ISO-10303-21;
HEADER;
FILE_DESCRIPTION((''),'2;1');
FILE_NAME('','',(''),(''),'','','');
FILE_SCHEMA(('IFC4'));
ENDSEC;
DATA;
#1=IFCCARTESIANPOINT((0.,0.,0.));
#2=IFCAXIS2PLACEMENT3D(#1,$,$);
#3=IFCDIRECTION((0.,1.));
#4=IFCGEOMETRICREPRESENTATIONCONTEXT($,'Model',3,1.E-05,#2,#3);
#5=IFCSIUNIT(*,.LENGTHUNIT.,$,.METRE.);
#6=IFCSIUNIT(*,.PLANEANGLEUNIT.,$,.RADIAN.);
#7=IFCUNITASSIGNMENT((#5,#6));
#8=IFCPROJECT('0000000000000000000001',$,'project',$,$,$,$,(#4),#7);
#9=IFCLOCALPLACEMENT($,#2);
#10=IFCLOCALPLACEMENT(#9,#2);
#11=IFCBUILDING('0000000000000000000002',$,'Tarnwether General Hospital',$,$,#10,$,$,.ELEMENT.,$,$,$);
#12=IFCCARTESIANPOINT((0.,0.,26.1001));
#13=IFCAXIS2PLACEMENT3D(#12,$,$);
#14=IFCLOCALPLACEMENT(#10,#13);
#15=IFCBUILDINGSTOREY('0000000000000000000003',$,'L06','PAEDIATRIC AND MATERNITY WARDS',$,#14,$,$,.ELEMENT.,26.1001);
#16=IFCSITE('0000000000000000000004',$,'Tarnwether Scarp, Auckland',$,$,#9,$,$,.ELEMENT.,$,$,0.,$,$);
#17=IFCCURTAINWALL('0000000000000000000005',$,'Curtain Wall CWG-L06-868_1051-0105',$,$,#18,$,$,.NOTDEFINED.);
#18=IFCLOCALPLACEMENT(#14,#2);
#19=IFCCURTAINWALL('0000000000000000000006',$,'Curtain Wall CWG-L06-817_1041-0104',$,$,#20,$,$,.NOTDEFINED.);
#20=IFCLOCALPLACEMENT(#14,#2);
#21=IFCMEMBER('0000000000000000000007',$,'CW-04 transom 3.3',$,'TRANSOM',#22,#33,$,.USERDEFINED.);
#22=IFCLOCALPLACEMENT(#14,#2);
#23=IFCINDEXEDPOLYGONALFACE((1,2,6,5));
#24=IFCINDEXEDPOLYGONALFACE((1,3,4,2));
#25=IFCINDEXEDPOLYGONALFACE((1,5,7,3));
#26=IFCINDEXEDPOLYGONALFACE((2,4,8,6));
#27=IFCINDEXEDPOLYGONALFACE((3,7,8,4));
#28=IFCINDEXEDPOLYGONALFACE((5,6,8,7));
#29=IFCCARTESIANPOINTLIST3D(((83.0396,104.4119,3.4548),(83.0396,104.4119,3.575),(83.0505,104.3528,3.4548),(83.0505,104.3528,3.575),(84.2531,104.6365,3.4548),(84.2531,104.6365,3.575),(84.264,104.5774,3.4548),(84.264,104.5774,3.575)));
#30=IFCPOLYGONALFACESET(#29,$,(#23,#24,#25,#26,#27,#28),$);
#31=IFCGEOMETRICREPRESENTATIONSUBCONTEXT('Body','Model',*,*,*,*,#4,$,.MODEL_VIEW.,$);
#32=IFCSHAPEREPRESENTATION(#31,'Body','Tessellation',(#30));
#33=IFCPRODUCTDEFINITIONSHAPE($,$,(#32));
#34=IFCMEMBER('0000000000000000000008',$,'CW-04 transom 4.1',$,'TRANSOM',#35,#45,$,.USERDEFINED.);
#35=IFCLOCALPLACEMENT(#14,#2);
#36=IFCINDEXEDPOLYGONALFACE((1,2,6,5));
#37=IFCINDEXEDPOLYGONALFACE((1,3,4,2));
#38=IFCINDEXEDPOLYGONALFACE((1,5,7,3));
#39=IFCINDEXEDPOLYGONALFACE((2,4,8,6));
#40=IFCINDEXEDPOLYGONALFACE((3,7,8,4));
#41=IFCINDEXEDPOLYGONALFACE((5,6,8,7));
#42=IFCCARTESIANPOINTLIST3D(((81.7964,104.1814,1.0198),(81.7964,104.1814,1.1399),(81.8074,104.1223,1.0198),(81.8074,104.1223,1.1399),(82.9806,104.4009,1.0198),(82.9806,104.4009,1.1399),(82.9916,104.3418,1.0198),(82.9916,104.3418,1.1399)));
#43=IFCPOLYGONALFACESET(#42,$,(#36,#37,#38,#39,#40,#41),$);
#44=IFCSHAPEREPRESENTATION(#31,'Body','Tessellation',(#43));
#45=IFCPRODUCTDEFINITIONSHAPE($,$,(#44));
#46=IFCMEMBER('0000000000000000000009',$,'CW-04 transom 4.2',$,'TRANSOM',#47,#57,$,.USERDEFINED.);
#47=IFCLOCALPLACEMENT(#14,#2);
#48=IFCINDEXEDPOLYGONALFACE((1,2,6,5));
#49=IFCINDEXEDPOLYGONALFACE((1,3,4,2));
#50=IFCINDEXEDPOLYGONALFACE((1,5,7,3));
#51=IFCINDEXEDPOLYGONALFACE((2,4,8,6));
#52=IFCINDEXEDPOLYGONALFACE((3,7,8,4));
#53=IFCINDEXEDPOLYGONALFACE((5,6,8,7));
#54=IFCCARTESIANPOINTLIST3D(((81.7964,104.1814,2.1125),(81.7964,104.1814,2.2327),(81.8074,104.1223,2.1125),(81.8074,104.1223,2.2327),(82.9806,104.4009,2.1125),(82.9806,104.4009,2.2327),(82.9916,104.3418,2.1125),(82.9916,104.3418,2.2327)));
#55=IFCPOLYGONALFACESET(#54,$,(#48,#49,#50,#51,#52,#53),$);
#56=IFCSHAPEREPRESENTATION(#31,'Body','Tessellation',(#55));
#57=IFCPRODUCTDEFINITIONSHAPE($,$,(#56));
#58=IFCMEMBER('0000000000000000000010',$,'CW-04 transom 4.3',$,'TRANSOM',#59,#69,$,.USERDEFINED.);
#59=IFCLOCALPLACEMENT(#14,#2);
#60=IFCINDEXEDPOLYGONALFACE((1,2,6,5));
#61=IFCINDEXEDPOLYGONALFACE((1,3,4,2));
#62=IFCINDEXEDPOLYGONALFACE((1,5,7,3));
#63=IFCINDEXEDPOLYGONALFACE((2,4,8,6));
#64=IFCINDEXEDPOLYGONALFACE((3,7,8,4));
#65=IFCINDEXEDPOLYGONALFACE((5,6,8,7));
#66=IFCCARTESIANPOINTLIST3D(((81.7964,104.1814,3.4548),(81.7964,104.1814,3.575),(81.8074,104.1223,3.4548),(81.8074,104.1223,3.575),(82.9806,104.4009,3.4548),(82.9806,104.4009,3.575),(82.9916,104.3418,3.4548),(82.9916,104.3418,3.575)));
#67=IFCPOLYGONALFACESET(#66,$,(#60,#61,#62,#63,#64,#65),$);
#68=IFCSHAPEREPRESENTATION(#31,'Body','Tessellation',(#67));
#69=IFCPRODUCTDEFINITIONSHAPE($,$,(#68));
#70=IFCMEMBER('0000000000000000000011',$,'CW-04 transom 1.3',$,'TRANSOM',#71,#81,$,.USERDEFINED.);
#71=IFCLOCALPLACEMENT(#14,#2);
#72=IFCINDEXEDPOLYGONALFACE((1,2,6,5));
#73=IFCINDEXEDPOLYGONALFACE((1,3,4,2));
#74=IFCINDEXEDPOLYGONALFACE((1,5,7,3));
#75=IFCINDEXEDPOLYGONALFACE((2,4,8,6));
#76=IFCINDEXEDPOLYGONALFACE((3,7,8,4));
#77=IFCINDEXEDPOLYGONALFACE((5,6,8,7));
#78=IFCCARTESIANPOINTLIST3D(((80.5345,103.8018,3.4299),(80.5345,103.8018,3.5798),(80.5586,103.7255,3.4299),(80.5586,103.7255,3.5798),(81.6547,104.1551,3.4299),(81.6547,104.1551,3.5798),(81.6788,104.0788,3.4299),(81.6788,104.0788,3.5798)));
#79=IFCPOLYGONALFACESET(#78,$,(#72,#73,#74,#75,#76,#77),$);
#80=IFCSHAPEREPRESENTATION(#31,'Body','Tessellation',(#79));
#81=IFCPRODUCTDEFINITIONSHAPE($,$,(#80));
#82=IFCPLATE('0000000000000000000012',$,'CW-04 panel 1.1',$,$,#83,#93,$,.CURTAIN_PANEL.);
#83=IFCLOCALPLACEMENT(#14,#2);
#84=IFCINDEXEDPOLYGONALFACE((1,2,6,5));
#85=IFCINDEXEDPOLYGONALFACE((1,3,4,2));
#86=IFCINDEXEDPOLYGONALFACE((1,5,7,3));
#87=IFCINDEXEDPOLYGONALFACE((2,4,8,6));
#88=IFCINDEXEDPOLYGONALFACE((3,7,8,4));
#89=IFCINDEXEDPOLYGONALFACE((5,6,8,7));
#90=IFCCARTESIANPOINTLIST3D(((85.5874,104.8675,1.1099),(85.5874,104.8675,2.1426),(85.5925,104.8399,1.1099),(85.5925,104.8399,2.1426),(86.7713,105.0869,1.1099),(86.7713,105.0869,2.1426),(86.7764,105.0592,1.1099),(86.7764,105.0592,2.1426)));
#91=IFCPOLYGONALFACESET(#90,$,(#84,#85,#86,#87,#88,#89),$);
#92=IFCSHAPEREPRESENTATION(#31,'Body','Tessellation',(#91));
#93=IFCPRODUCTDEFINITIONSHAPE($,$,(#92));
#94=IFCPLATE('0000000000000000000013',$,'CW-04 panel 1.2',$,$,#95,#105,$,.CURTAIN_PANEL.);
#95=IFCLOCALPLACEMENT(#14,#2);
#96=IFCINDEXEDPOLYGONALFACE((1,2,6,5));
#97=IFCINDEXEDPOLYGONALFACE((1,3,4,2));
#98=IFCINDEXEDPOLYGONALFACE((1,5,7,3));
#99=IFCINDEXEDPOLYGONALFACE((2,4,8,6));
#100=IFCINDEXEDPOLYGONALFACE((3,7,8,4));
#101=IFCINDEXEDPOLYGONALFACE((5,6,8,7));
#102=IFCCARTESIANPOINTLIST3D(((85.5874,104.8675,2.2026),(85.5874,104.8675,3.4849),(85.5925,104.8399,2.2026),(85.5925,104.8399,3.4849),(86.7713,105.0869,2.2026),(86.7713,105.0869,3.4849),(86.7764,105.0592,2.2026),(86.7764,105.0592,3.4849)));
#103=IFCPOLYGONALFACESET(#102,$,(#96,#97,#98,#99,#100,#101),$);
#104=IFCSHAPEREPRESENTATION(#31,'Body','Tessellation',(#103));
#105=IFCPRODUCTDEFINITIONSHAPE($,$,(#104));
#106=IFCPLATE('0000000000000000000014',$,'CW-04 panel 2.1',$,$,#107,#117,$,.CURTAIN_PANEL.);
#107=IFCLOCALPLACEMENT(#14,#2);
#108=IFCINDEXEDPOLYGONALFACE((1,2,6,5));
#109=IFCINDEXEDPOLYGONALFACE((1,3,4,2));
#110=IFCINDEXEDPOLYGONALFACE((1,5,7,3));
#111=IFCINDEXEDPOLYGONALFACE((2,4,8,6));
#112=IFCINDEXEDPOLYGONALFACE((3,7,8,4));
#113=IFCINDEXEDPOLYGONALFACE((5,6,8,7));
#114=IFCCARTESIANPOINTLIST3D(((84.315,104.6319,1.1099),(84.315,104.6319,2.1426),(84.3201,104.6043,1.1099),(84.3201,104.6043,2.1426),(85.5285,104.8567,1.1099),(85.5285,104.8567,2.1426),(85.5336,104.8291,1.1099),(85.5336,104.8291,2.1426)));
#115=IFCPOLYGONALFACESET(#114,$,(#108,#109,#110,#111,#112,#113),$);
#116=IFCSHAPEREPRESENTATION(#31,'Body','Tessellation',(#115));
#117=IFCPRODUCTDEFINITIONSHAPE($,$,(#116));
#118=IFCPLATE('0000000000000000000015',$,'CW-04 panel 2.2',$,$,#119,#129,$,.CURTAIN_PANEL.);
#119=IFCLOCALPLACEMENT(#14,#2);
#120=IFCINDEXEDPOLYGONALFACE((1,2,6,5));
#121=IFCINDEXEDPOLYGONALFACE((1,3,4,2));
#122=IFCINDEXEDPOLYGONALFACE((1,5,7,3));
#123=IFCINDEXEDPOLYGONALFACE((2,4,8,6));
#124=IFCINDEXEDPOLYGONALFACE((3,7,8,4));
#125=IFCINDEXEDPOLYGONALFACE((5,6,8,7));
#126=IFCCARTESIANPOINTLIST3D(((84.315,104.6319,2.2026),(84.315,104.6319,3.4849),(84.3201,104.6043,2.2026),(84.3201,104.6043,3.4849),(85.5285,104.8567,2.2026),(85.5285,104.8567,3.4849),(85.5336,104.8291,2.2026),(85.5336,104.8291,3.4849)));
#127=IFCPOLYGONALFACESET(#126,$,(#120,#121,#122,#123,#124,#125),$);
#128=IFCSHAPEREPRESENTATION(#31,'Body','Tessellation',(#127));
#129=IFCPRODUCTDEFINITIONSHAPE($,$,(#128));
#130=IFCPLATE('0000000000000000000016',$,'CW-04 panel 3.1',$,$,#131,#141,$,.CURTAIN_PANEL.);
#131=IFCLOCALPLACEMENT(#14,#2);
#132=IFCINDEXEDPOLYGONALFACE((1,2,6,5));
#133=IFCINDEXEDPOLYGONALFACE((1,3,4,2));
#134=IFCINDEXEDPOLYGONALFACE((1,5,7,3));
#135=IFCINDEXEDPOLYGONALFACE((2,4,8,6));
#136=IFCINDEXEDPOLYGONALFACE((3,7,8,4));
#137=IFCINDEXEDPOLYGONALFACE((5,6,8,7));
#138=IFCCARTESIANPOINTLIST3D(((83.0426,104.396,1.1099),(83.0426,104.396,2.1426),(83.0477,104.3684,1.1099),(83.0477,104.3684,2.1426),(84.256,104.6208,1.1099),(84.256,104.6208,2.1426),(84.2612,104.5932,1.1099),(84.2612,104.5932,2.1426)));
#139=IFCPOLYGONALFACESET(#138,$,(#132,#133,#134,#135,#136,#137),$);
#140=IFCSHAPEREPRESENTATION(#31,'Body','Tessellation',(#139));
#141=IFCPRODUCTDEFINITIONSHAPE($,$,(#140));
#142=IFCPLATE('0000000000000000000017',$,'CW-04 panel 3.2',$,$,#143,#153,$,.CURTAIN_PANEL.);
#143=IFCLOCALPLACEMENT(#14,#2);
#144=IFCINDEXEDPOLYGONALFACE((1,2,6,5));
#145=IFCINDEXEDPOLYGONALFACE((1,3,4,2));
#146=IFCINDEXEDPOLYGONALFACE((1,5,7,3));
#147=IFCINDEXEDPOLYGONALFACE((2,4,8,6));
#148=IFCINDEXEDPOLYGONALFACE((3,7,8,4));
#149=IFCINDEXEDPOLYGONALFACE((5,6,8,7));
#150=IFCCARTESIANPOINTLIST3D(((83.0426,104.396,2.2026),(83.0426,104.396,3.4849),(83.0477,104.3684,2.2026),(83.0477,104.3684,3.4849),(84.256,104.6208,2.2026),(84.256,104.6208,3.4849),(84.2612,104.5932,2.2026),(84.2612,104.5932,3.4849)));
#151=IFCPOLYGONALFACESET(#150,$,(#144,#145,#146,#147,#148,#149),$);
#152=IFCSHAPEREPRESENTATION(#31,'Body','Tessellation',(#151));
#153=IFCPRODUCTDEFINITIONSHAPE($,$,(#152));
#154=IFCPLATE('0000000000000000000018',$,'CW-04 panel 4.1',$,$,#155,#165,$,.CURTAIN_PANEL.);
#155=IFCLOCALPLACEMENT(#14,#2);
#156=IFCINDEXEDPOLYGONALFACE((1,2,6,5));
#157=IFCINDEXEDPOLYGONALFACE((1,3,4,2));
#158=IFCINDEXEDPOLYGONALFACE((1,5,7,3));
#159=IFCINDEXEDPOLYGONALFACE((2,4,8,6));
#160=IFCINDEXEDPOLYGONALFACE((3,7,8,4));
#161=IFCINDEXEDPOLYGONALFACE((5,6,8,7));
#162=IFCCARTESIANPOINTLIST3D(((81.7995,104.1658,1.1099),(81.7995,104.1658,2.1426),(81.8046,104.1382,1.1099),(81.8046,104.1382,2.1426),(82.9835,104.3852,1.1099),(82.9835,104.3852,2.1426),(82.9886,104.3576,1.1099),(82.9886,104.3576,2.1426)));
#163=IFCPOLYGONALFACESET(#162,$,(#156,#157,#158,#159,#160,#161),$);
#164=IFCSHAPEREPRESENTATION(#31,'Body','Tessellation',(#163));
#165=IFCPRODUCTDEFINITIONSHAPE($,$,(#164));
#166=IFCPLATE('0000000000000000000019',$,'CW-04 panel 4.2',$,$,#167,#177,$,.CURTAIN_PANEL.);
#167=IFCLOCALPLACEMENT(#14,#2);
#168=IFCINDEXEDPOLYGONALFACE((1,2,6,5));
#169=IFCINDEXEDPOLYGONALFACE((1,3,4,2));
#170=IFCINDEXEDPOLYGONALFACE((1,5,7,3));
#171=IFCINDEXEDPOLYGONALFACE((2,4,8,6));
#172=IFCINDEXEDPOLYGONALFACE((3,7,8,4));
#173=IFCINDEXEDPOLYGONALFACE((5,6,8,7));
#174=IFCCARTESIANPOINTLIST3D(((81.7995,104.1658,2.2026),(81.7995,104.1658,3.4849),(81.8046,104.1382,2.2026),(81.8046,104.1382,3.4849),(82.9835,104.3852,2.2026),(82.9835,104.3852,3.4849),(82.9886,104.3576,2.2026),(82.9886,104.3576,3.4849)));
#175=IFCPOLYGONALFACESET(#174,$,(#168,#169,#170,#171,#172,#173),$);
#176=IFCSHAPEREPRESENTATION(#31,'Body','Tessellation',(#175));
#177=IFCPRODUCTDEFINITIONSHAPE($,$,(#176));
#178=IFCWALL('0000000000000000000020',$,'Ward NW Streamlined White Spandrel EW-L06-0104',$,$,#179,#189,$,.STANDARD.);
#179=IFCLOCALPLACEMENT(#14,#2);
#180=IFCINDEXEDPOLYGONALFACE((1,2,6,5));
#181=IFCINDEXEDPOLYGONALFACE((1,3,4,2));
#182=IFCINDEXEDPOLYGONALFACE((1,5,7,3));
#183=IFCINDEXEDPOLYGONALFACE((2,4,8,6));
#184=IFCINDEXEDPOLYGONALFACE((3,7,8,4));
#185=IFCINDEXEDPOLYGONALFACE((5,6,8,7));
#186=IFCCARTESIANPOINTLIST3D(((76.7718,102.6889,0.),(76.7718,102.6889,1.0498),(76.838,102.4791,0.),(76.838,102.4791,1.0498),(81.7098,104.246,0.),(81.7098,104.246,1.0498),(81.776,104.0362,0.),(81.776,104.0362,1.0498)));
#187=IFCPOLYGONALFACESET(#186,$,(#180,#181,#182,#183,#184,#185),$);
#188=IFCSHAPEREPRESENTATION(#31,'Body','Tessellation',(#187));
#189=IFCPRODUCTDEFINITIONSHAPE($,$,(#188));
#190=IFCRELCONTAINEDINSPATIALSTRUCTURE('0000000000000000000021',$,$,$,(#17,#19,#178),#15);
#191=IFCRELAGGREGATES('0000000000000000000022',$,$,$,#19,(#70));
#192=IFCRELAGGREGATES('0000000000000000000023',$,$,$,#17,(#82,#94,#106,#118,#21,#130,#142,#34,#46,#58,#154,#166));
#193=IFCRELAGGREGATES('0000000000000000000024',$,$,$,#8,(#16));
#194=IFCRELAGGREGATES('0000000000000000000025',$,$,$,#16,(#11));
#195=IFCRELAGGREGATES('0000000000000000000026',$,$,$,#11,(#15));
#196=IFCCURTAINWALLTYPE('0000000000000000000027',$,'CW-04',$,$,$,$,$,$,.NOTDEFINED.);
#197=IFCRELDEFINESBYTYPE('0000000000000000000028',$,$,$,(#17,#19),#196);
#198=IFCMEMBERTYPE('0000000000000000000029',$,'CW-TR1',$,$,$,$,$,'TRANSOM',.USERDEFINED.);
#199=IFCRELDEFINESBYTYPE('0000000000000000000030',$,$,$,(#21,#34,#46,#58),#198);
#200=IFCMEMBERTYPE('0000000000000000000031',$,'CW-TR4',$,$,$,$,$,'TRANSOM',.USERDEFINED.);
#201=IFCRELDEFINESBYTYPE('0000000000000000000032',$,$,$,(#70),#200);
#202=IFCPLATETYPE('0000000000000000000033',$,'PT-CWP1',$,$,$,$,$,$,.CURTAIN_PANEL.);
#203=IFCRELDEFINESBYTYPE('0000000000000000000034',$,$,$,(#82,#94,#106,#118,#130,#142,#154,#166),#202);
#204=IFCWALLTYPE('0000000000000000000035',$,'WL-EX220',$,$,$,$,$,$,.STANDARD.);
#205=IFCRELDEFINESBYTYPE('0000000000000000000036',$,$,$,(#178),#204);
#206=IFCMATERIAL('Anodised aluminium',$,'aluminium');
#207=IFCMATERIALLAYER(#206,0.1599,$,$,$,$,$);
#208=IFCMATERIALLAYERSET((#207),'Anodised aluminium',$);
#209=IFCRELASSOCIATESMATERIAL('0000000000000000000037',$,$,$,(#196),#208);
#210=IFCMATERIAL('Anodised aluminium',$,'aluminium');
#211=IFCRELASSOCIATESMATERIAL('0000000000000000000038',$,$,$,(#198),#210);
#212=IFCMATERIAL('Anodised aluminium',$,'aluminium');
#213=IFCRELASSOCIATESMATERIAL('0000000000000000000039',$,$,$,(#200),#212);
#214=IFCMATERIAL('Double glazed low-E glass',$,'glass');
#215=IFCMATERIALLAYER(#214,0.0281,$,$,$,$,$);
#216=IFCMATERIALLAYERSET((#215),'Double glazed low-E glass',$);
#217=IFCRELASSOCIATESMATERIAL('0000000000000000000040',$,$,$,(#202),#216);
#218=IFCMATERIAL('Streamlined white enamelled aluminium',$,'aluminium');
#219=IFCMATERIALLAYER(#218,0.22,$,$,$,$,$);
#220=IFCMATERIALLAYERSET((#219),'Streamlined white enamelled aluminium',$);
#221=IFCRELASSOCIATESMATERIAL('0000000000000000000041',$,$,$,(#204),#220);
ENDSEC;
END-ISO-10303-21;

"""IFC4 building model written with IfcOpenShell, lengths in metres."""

from ifc_helpers import new_model, si_unit, direction, frame, frame_2d, origin, origin_2d, place, context, subcontext, project, spatial, rectangle, extrude, material, layer, layer_set, material_profile, profile_set, type_object, element, aggregate, save


model = new_model("IFC4")

# Units and contexts
model_context = context("Model", 3, precision=1e-05, world=origin(), true_north=direction((0.0, 1.0)))
body_context = subcontext(model_context, "Body", "Model", "MODEL_VIEW")
ifc_project = project(units=[si_unit("LENGTHUNIT", "METRE"), si_unit("PLANEANGLEUNIT", "RADIAN")], contexts=[model_context])

# Site, building, storey
site_placement = place(None, origin())
site = spatial("IfcSite", under=ifc_project, at=site_placement, Name="Tarnwether Scarp, Auckland", CompositionType="ELEMENT", RefElevation=0.0)
building_placement = place(site_placement, origin())
building = spatial("IfcBuilding", under=site, at=building_placement, Name="Tarnwether General Hospital", CompositionType="ELEMENT")
storey_placement = place(building_placement, frame((0.0, 0.0, 26.1001)))
storey = spatial("IfcBuildingStorey", under=building, at=storey_placement, Name="L06", Description="PAEDIATRIC AND MATERNITY WARDS", CompositionType="ELEMENT", Elevation=26.1001)

# Curtain wall
ifc_material_1 = material(Name="Anodised aluminium", Category="aluminium")
ifc_layer_1 = layer(ifc_material_1, 0.1599)
ifc_layer_set_1 = layer_set([ifc_layer_1], Name="Anodised aluminium")
curtain_wall_type = type_object("IfcCurtainWallType", Name="CW-04", PredefinedType="NOTDEFINED", material=ifc_layer_set_1)
curtain_wall_1_placement = place(storey_placement, origin())
curtain_wall_1 = element("IfcCurtainWall", 1, at=curtain_wall_1_placement, inside=storey, type_object=curtain_wall_type, Name="Curtain Wall CWG-L06-868_1051-0105", PredefinedType="NOTDEFINED")

# Curtain wall
curtain_wall_2_placement = place(storey_placement, origin())
curtain_wall_2 = element("IfcCurtainWall", 2, at=curtain_wall_2_placement, inside=storey, type_object=curtain_wall_type, Name="Curtain Wall CWG-L06-817_1041-0104", PredefinedType="NOTDEFINED")

# Members
ifc_material_2 = material(Name="Anodised aluminium", Category="aluminium")
ifc_material_profile_1 = material_profile(ifc_material_2, rectangle(XDim=0.0601, YDim=0.1201, at=origin_2d()), Name="ALU-TRN-60x120")
ifc_profile_set_1 = profile_set([ifc_material_profile_1], Name="Anodised aluminium")
member_type_1 = type_object("IfcMemberType", Name="CW-TR1", ElementType="TRANSOM", PredefinedType="USERDEFINED", material=ifc_profile_set_1)
member_1_placement = place(storey_placement, frame((84.2585, 104.6069, 3.5149), z_axis=(-0.983302, -0.181983, 0.0), x_axis=(0.181983, -0.983302, 0.0)))
member_1 = element("IfcMember", 3, at=member_1_placement, type_object=member_type_1, Name="CW-04 transom 3.3", ObjectType="TRANSOM", PredefinedType="USERDEFINED", context=body_context, shape_type="SweptSolid", body=[
    extrude(rectangle(XDim=0.0601, YDim=0.1201, at=origin_2d()), origin(), (0.0, 0.0, 1.0), 1.2341),
])
member_2_placement = place(storey_placement, frame((82.9861, 104.3713, 1.0798), z_axis=(-0.983251, -0.182256, 0.0), x_axis=(0.182256, -0.983251, 0.0)))
member_2 = element("IfcMember", 4, at=member_2_placement, type_object=member_type_1, Name="CW-04 transom 4.1", ObjectType="TRANSOM", PredefinedType="USERDEFINED", context=body_context, shape_type="SweptSolid", body=[
    extrude(rectangle(XDim=0.0601, YDim=0.1201, at=origin_2d()), origin(), (0.0, 0.0, 1.0), 1.2043),
])
member_3_placement = place(storey_placement, frame((82.9861, 104.3713, 2.1726), z_axis=(-0.983251, -0.182256, 0.0), x_axis=(0.182256, -0.983251, 0.0)))
member_3 = element("IfcMember", 5, at=member_3_placement, type_object=member_type_1, Name="CW-04 transom 4.2", ObjectType="TRANSOM", PredefinedType="USERDEFINED", context=body_context, shape_type="SweptSolid", body=[
    extrude(rectangle(XDim=0.0601, YDim=0.1201, at=origin_2d()), origin(), (0.0, 0.0, 1.0), 1.2043),
])
member_4_placement = place(storey_placement, frame((82.9861, 104.3713, 3.5149), z_axis=(-0.983251, -0.182256, 0.0), x_axis=(0.182256, -0.983251, 0.0)))
member_4 = element("IfcMember", 6, at=member_4_placement, type_object=member_type_1, Name="CW-04 transom 4.3", ObjectType="TRANSOM", PredefinedType="USERDEFINED", context=body_context, shape_type="SweptSolid", body=[
    extrude(rectangle(XDim=0.0601, YDim=0.1201, at=origin_2d()), origin(), (0.0, 0.0, 1.0), 1.2043),
])
ifc_material_3 = material(Name="Anodised aluminium", Category="aluminium")
ifc_material_profile_2 = material_profile(ifc_material_3, rectangle(XDim=0.0801, YDim=0.1499, at=origin_2d()), Name="ALU-TRN-80x150")
ifc_profile_set_2 = profile_set([ifc_material_profile_2], Name="Anodised aluminium")
member_type_2 = type_object("IfcMemberType", Name="CW-TR4", ElementType="TRANSOM", PredefinedType="USERDEFINED", material=ifc_profile_set_2)
member_5_placement = place(storey_placement, frame((81.6667, 104.1169, 3.5049), z_axis=(-0.953693, -0.300783, 0.0), x_axis=(0.300783, -0.953693, 0.0)))
member_5 = element("IfcMember", 7, at=member_5_placement, type_object=member_type_2, Name="CW-04 transom 1.3", ObjectType="TRANSOM", PredefinedType="USERDEFINED", context=body_context, shape_type="SweptSolid", body=[
    extrude(rectangle(XDim=0.0801, YDim=0.1499, at=origin_2d()), origin(), (0.0, 0.0, 1.0), 1.1746),
])
aggregate(curtain_wall_2, [member_5])

# Plates
ifc_material_4 = material(Name="Double glazed low-E glass", Category="glass")
ifc_layer_2 = layer(ifc_material_4, 0.0281)
ifc_layer_set_2 = layer_set([ifc_layer_2], Name="Double glazed low-E glass")
plate_type = type_object("IfcPlateType", Name="PT-CWP1", PredefinedType="CURTAIN_PANEL", material=ifc_layer_set_2)
plate_1_placement = place(storey_placement, frame((86.1819, 104.9634, 1.1099), z_axis=(0.0, 0.0, 1.0), x_axis=(-0.983268, -0.182165, 0.0)))
plate_1 = element("IfcPlate", 8, at=plate_1_placement, type_object=plate_type, Name="CW-04 panel 1.1", PredefinedType="CURTAIN_PANEL", context=body_context, shape_type="SweptSolid", body=[
    extrude(rectangle(XDim=1.2041, YDim=0.0281, at=origin_2d()), origin(), (0.0, 0.0, 1.0), 1.0327),
])
plate_2_placement = place(storey_placement, frame((86.1819, 104.9634, 2.2026), z_axis=(0.0, 0.0, 1.0), x_axis=(-0.983268, -0.182165, 0.0)))
plate_2 = element("IfcPlate", 9, at=plate_2_placement, type_object=plate_type, Name="CW-04 panel 1.2", PredefinedType="CURTAIN_PANEL", context=body_context, shape_type="SweptSolid", body=[
    extrude(rectangle(XDim=1.2041, YDim=0.0281, at=origin_2d()), origin(), (0.0, 0.0, 1.0), 1.2822),
])
plate_3_placement = place(storey_placement, frame((84.9243, 104.7305, 1.1099), z_axis=(0.0, 0.0, 1.0), x_axis=(-0.983268, -0.182165, 0.0)))
plate_3 = element("IfcPlate", 10, at=plate_3_placement, type_object=plate_type, Name="CW-04 panel 2.1", PredefinedType="CURTAIN_PANEL", context=body_context, shape_type="SweptSolid", body=[
    extrude(rectangle(XDim=1.2341, YDim=0.0281, at=origin_2d()), origin(), (0.0, 0.0, 1.0), 1.0327),
])
plate_4_placement = place(storey_placement, frame((84.9243, 104.7305, 2.2026), z_axis=(0.0, 0.0, 1.0), x_axis=(-0.983268, -0.182165, 0.0)))
plate_4 = element("IfcPlate", 11, at=plate_4_placement, type_object=plate_type, Name="CW-04 panel 2.2", PredefinedType="CURTAIN_PANEL", context=body_context, shape_type="SweptSolid", body=[
    extrude(rectangle(XDim=1.2341, YDim=0.0281, at=origin_2d()), origin(), (0.0, 0.0, 1.0), 1.2822),
])
plate_5_placement = place(storey_placement, frame((83.6519, 104.4946, 1.1099), z_axis=(0.0, 0.0, 1.0), x_axis=(-0.983268, -0.182165, 0.0)))
plate_5 = element("IfcPlate", 12, at=plate_5_placement, type_object=plate_type, Name="CW-04 panel 3.1", PredefinedType="CURTAIN_PANEL", context=body_context, shape_type="SweptSolid", body=[
    extrude(rectangle(XDim=1.2341, YDim=0.0281, at=origin_2d()), origin(), (0.0, 0.0, 1.0), 1.0327),
])
plate_6_placement = place(storey_placement, frame((83.6519, 104.4946, 2.2026), z_axis=(0.0, 0.0, 1.0), x_axis=(-0.983268, -0.182165, 0.0)))
plate_6 = element("IfcPlate", 13, at=plate_6_placement, type_object=plate_type, Name="CW-04 panel 3.2", PredefinedType="CURTAIN_PANEL", context=body_context, shape_type="SweptSolid", body=[
    extrude(rectangle(XDim=1.2341, YDim=0.0281, at=origin_2d()), origin(), (0.0, 0.0, 1.0), 1.2822),
])
plate_7_placement = place(storey_placement, frame((82.394, 104.2617, 1.1099), z_axis=(0.0, 0.0, 1.0), x_axis=(-0.983268, -0.182165, 0.0)))
plate_7 = element("IfcPlate", 14, at=plate_7_placement, type_object=plate_type, Name="CW-04 panel 4.1", PredefinedType="CURTAIN_PANEL", context=body_context, shape_type="SweptSolid", body=[
    extrude(rectangle(XDim=1.2041, YDim=0.0281, at=origin_2d()), origin(), (0.0, 0.0, 1.0), 1.0327),
])
plate_8_placement = place(storey_placement, frame((82.394, 104.2617, 2.2026), z_axis=(0.0, 0.0, 1.0), x_axis=(-0.983268, -0.182165, 0.0)))
plate_8 = element("IfcPlate", 15, at=plate_8_placement, type_object=plate_type, Name="CW-04 panel 4.2", PredefinedType="CURTAIN_PANEL", context=body_context, shape_type="SweptSolid", body=[
    extrude(rectangle(XDim=1.2041, YDim=0.0281, at=origin_2d()), origin(), (0.0, 0.0, 1.0), 1.2822),
])
aggregate(curtain_wall_1, [plate_1, plate_2, plate_3, plate_4, member_1, plate_5, plate_6, member_2, member_3, member_4, plate_7, plate_8])

# Wall
ifc_material_5 = material(Name="Streamlined white enamelled aluminium", Category="aluminium")
ifc_layer_3 = layer(ifc_material_5, 0.22)
ifc_layer_set_3 = layer_set([ifc_layer_3], Name="Streamlined white enamelled aluminium")
wall_type = type_object("IfcWallType", Name="WL-EX220", PredefinedType="STANDARD", material=ifc_layer_set_3)
wall_1_placement = place(storey_placement, frame((81.7429, 104.1411, 0.0), z_axis=(0.0, 0.0, 1.0), x_axis=(-0.953707, -0.300739, 0.0)))
element("IfcWall", 16, at=wall_1_placement, inside=storey, type_object=wall_type, Name="Ward NW Streamlined White Spandrel EW-L06-0104", PredefinedType="STANDARD", context=body_context, shape_type="SweptSolid", body=[
    extrude(rectangle(XDim=5.1777, YDim=0.22, at=frame_2d((2.5889, 0.0))), origin(), (0.0, 0.0, 1.0), 1.0498),
])

save(model, "model.ifc")
